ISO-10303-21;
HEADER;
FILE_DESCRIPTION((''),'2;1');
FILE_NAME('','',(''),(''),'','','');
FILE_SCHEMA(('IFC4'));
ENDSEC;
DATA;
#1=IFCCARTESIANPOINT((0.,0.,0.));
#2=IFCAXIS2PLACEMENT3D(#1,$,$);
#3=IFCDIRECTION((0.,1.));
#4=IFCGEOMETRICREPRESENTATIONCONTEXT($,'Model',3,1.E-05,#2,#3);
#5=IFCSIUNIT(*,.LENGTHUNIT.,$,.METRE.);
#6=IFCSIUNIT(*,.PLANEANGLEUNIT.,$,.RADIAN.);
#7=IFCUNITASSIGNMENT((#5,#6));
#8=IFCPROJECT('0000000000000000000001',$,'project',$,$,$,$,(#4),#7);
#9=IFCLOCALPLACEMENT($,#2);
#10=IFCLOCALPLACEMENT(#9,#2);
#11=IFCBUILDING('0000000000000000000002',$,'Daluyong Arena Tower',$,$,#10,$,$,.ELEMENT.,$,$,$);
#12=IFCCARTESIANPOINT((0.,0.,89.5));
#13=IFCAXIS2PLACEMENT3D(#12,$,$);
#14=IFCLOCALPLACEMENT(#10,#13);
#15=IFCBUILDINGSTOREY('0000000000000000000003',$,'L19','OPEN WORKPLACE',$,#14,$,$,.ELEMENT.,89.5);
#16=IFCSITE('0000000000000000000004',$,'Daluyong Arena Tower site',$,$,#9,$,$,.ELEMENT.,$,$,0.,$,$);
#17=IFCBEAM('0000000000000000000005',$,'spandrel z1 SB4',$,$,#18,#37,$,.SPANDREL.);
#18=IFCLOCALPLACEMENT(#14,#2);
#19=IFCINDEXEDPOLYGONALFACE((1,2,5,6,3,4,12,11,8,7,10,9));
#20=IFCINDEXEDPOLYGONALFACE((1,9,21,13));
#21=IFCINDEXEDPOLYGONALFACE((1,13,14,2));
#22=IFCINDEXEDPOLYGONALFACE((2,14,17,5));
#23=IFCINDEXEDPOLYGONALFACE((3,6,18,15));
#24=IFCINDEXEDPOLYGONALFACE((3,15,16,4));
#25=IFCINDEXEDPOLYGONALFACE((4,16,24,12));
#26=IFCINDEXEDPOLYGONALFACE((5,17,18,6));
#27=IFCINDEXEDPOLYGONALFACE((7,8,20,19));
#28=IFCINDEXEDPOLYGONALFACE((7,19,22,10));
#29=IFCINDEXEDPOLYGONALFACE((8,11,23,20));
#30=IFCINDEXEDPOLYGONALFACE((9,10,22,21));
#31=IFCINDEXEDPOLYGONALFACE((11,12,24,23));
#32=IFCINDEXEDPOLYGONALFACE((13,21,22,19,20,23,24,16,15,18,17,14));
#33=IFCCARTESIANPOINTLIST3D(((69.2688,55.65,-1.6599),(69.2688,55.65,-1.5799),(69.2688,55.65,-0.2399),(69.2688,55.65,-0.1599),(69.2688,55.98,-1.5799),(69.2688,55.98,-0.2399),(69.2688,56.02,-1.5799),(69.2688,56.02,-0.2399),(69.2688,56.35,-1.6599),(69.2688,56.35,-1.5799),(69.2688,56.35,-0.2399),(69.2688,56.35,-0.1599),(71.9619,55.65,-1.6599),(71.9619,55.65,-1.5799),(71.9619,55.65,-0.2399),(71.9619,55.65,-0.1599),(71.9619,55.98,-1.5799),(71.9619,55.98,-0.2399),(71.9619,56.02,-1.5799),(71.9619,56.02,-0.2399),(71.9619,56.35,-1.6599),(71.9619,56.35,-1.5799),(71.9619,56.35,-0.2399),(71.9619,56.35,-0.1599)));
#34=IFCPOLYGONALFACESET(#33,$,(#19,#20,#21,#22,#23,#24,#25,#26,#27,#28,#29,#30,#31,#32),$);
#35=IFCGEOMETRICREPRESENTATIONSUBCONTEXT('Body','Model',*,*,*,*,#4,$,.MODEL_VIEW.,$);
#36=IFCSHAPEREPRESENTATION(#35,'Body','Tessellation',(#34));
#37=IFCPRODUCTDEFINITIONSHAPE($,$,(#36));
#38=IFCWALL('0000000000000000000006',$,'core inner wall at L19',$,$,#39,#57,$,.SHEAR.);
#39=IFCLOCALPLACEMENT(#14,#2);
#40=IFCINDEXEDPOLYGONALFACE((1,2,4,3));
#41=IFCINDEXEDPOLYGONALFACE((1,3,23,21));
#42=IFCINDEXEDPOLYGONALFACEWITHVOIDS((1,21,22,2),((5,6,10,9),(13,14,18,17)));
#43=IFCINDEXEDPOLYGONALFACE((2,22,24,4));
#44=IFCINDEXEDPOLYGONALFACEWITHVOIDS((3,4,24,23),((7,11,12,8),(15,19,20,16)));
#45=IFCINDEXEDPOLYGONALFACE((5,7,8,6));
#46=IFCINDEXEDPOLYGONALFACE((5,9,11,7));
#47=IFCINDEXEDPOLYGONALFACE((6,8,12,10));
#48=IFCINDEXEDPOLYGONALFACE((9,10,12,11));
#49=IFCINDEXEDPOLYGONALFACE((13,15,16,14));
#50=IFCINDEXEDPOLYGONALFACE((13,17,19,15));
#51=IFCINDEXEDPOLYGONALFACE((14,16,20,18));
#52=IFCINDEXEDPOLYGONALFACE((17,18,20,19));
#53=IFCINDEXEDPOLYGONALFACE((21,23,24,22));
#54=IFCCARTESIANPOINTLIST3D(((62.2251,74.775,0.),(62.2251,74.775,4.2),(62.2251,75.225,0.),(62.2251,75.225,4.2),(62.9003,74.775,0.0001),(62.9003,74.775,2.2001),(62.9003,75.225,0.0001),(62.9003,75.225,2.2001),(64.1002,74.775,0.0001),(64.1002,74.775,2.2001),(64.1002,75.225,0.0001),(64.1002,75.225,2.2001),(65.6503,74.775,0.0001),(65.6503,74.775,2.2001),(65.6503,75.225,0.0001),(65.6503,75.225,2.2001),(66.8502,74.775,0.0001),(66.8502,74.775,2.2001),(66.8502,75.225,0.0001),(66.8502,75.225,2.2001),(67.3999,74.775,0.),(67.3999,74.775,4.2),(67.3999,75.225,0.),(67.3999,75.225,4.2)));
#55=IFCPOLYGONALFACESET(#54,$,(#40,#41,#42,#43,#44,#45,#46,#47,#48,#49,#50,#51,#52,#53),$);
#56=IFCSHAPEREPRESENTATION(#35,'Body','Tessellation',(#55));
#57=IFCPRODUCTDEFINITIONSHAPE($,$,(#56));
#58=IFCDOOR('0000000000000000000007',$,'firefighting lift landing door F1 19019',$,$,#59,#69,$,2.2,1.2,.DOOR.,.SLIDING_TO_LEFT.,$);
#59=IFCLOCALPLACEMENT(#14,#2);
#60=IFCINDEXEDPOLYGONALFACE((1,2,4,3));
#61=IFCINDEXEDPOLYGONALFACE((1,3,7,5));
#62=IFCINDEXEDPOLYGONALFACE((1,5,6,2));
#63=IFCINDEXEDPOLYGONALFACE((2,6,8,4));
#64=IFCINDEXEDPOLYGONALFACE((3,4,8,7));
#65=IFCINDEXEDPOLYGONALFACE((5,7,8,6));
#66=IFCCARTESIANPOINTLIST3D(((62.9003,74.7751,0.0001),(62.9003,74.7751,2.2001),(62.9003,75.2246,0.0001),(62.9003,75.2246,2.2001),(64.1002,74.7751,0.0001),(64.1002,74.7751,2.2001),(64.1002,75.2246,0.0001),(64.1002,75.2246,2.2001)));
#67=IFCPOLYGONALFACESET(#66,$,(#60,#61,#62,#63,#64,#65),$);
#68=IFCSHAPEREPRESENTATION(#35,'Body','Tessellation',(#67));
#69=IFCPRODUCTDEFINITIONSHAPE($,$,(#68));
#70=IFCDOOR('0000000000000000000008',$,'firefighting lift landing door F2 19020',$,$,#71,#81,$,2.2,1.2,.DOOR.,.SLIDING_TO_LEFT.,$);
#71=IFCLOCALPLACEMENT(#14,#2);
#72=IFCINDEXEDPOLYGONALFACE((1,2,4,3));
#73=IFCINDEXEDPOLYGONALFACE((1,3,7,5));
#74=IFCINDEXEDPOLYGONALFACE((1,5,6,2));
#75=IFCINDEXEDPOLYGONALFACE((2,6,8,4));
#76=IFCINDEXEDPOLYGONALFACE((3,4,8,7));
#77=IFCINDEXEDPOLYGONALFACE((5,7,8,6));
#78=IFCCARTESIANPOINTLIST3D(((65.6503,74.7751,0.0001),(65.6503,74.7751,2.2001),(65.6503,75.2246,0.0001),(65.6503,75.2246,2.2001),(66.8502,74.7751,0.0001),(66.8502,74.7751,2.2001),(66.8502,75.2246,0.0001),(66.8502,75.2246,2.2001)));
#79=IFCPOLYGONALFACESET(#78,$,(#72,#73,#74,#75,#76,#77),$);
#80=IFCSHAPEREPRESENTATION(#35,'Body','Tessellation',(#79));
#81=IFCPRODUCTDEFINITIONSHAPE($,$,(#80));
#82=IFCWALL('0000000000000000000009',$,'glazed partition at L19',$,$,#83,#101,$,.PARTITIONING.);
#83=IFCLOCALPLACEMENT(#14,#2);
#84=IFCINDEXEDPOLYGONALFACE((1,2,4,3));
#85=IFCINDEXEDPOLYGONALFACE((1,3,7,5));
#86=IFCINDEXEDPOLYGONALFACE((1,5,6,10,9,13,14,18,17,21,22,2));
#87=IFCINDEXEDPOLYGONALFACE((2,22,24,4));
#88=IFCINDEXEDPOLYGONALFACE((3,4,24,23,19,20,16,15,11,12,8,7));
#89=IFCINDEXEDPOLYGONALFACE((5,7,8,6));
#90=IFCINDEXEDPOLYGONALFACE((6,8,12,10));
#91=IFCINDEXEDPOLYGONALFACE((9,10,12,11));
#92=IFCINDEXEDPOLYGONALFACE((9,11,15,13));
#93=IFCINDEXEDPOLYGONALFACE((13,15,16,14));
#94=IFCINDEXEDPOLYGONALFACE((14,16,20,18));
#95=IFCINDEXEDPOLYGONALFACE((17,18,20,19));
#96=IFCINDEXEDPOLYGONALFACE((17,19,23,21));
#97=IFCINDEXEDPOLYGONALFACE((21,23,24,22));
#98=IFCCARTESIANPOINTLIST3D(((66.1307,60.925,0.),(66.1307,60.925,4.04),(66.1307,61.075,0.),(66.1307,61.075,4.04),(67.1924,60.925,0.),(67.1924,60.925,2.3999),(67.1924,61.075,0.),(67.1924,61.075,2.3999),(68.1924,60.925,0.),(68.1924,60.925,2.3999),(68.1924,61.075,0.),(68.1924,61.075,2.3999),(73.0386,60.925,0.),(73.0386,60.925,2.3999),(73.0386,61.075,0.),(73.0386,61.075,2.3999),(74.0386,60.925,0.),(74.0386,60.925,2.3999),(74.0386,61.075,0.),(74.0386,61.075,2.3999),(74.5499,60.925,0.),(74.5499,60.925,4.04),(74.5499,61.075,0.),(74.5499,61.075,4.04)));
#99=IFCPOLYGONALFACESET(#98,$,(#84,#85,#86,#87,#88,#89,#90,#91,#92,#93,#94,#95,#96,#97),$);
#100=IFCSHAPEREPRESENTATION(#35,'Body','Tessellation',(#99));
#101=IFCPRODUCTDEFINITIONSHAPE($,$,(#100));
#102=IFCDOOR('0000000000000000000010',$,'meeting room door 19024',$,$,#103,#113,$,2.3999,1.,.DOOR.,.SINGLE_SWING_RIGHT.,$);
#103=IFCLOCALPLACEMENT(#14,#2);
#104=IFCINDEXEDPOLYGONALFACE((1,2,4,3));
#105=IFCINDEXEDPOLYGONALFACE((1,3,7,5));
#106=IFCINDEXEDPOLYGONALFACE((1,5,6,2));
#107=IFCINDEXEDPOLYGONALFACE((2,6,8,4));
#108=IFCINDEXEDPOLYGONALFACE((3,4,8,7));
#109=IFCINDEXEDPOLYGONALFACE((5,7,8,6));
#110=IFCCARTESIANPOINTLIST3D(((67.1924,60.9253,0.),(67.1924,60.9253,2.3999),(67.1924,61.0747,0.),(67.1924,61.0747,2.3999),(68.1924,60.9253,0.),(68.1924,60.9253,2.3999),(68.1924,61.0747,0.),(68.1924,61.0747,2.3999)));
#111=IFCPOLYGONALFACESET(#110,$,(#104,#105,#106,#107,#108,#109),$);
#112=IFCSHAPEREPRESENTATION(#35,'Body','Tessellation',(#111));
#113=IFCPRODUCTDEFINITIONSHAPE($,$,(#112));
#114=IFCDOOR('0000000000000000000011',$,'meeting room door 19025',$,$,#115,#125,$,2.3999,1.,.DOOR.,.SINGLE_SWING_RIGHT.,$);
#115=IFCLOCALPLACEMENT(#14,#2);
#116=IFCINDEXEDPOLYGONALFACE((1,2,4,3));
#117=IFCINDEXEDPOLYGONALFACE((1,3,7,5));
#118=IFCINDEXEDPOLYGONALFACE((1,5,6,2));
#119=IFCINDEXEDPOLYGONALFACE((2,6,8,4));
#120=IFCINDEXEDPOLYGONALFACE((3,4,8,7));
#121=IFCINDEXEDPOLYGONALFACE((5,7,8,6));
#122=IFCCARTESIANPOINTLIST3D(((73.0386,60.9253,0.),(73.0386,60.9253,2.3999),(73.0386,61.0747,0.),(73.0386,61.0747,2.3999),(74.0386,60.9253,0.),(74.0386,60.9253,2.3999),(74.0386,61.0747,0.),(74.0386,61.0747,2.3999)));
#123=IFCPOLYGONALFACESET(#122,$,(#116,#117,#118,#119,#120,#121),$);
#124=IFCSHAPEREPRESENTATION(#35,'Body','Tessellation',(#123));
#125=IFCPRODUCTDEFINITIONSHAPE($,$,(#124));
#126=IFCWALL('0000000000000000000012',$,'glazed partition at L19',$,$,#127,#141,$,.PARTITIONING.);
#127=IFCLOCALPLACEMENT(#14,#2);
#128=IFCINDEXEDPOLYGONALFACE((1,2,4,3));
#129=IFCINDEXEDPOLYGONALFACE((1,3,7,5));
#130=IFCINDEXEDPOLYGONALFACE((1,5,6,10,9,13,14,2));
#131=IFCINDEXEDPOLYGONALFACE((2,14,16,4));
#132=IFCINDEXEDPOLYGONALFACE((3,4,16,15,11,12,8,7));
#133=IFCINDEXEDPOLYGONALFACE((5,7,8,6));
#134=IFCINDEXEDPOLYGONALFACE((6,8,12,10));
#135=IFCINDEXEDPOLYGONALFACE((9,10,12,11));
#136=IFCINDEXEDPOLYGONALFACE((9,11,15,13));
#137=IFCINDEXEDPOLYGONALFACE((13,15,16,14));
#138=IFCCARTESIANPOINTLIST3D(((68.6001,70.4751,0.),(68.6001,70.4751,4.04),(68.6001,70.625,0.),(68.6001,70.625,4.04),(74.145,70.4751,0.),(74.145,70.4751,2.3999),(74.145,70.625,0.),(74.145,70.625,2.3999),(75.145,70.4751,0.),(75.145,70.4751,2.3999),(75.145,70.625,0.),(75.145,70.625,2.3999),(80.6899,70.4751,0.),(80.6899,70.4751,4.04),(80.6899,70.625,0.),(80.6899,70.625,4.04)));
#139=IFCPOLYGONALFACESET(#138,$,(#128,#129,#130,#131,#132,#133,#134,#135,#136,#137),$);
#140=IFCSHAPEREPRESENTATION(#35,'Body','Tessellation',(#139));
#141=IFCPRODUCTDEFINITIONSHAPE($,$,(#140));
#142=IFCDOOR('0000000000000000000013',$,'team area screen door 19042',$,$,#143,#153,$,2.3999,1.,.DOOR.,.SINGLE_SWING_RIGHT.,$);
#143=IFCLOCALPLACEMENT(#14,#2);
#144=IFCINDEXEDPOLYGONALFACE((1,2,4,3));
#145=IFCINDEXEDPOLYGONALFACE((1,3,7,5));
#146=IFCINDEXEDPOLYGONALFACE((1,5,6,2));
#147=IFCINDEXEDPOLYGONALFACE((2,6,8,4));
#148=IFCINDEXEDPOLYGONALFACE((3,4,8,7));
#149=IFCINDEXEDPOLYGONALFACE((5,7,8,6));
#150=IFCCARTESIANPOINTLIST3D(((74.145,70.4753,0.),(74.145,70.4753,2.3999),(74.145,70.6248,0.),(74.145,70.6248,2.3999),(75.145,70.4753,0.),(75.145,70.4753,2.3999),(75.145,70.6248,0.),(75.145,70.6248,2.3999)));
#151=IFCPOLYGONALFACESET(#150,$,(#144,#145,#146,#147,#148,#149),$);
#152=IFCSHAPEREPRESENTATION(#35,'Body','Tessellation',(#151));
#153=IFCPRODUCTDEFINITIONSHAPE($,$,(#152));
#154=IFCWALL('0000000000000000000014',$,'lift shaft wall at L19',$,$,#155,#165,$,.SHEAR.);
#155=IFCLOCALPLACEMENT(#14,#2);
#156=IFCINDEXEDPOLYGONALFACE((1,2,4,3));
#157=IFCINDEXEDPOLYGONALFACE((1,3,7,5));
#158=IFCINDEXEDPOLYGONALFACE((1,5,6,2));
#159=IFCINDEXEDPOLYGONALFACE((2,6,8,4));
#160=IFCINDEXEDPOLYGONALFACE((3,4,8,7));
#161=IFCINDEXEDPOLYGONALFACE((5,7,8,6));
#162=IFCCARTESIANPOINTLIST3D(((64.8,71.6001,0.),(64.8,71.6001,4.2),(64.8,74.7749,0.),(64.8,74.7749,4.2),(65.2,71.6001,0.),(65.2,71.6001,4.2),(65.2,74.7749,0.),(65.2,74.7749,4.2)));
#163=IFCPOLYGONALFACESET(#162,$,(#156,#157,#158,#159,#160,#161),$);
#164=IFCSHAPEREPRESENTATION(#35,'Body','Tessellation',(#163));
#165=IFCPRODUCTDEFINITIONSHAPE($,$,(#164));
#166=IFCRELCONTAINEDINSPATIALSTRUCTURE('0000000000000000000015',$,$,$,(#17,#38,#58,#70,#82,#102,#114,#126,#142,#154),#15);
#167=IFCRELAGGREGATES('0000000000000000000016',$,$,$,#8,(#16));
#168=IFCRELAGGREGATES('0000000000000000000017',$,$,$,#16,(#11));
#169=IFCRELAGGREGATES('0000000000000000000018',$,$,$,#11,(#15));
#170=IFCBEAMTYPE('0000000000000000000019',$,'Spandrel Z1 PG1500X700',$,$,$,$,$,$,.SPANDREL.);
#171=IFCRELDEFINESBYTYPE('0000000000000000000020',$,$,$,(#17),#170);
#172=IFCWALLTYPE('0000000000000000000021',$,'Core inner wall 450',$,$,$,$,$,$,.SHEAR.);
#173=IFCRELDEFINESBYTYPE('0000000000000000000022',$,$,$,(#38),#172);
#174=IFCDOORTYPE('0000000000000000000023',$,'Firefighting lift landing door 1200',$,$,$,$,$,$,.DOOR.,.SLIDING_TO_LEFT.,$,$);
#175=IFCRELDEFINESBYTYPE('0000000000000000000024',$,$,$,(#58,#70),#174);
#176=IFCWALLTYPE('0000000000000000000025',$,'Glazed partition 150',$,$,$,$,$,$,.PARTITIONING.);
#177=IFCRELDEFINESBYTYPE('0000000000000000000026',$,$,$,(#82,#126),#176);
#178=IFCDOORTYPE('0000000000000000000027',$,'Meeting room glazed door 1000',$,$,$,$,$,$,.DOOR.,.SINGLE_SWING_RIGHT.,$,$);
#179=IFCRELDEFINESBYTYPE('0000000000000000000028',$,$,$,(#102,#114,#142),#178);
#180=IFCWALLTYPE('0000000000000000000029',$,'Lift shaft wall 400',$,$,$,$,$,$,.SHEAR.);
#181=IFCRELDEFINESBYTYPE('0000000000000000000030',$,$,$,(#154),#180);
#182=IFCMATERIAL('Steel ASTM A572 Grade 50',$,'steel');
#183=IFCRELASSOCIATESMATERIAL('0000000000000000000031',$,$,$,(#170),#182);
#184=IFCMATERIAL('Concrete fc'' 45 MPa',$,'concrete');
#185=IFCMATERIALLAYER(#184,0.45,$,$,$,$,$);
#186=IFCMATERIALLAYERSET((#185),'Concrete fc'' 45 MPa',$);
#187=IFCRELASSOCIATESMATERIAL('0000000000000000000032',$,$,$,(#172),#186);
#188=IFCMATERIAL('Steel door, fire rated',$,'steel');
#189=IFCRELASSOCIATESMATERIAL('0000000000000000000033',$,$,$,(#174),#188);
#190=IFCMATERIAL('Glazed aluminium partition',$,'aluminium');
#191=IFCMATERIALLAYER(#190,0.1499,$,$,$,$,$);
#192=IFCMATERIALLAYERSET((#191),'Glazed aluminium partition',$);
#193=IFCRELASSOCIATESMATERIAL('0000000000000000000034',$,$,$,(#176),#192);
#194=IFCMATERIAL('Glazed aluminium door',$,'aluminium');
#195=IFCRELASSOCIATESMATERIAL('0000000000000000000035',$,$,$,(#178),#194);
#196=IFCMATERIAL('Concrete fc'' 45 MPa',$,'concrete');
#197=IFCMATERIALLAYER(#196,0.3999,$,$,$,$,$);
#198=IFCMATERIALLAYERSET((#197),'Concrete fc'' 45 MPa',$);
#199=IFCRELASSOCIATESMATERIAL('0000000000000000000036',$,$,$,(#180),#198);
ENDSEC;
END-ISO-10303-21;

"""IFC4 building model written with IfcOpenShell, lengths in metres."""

from ifc_helpers import new_model, si_unit, direction, frame, frame_2d, origin, origin_2d, place, context, subcontext, project, spatial, rectangle, i_section, extrude, material, layer, layer_set, material_profile, profile_set, type_object, element, fill, save


model = new_model("IFC4")

# Units and contexts
model_context = context("Model", 3, precision=1e-05, world=origin(), true_north=direction((0.0, 1.0)))
body_context = subcontext(model_context, "Body", "Model", "MODEL_VIEW")
ifc_project = project(units=[si_unit("LENGTHUNIT", "METRE"), si_unit("PLANEANGLEUNIT", "RADIAN")], contexts=[model_context])

# Site, building, storey
site_placement = place(None, origin())
site = spatial("IfcSite", under=ifc_project, at=site_placement, Name="Daluyong Arena Tower site", CompositionType="ELEMENT", RefElevation=0.0)
building_placement = place(site_placement, origin())
building = spatial("IfcBuilding", under=site, at=building_placement, Name="Daluyong Arena Tower", CompositionType="ELEMENT")
storey_placement = place(building_placement, frame((0.0, 0.0, 89.5)))
storey = spatial("IfcBuildingStorey", under=building, at=storey_placement, Name="L19", Description="OPEN WORKPLACE", CompositionType="ELEMENT", Elevation=89.5)

# Beam
ifc_material_1 = material(Name="Steel ASTM A572 Grade 50", Category="steel")
ifc_material_profile_1 = material_profile(ifc_material_1, i_section(OverallWidth=0.7, OverallDepth=1.5, WebThickness=0.04, FlangeThickness=0.08, at=origin_2d()))
ifc_profile_set_1 = profile_set([ifc_material_profile_1], Name="Steel ASTM A572 Grade 50")
beam_type_1 = type_object("IfcBeamType", Name="Spandrel Z1 PG1500X700", PredefinedType="SPANDREL", material=ifc_profile_set_1)
beam_1_placement = place(storey_placement, frame((69.2688, 56.0, -0.9099), z_axis=(1.0, 0.0, 0.0), x_axis=(0.0, 1.0, 0.0)))
element("IfcBeam", 1, at=beam_1_placement, inside=storey, type_object=beam_type_1, Name="spandrel z1 SB4", PredefinedType="SPANDREL", context=body_context, shape_type="SweptSolid", body=[
    extrude(i_section(OverallWidth=0.7, OverallDepth=1.5, WebThickness=0.04, FlangeThickness=0.08, at=origin_2d()), origin(), (0.0, 0.0, 1.0), 2.6931),
])

# Shared definitions
ifc_material_2 = material(Name="Concrete fc' 45 MPa", Category="concrete")
ifc_layer_1 = layer(ifc_material_2, 0.45)
ifc_layer_set_1 = layer_set([ifc_layer_1], Name="Concrete fc' 45 MPa")
wall_type_1 = type_object("IfcWallType", Name="Core inner wall 450", PredefinedType="SHEAR", material=ifc_layer_set_1)

# Wall, openings, doors
wall_1_placement = place(storey_placement, frame((62.2251, 75.0, 0.0), z_axis=(0.0, 0.0, 1.0), x_axis=(1.0, 0.0, 0.0)))
wall_1 = element("IfcWall", 2, at=wall_1_placement, inside=storey, type_object=wall_type_1, Name="core inner wall at L19", PredefinedType="SHEAR", context=body_context, shape_type="SweptSolid", body=[
    extrude(rectangle(XDim=5.1748, YDim=0.45, at=frame_2d((2.5874, 0.0))), origin(), (0.0, 0.0, 1.0), 4.2),
])
opening_1_placement = place(wall_1_placement, frame((0.675, 0.0, 0.0)))
opening_1 = element("IfcOpeningElement", 3, at=opening_1_placement, cuts=wall_1, PredefinedType="OPENING", context=body_context, shape_type="SweptSolid", body=[
    extrude(rectangle(XDim=1.2, YDim=2.2, at=frame_2d((0.6001, 1.1001))), frame((0.0, 0.2349, 0.0), z_axis=(0.0, -1.0, 0.0), x_axis=(1.0, 0.0, 0.0)), (0.0, 0.0, 1.0), 0.47),
])
opening_2_placement = place(wall_1_placement, frame((3.425, 0.0, 0.0)))
opening_2 = element("IfcOpeningElement", 4, at=opening_2_placement, cuts=wall_1, PredefinedType="OPENING", context=body_context, shape_type="SweptSolid", body=[
    extrude(rectangle(XDim=1.2, YDim=2.2, at=frame_2d((0.6001, 1.1001))), frame((0.0, 0.2349, 0.0), z_axis=(0.0, -1.0, 0.0), x_axis=(1.0, 0.0, 0.0)), (0.0, 0.0, 1.0), 0.47),
])
ifc_material_3 = material(Name="Steel door, fire rated", Category="steel")
door_type_1 = type_object("IfcDoorType", Name="Firefighting lift landing door 1200", OperationType="SLIDING_TO_LEFT", PredefinedType="DOOR", material=ifc_material_3)
door_1_placement = place(opening_1_placement, origin())
door_1 = element("IfcDoor", 5, at=door_1_placement, inside=storey, type_object=door_type_1, Name="firefighting lift landing door F1 19019", OperationType="SLIDING_TO_LEFT", OverallHeight=2.2, OverallWidth=1.2, PredefinedType="DOOR", context=body_context, shape_type="SweptSolid", body=[
    extrude(rectangle(XDim=1.2, YDim=2.2, at=frame_2d((0.6001, 1.1001))), frame((0.0, 0.2246, 0.0), z_axis=(0.0, -1.0, 0.0), x_axis=(1.0, 0.0, 0.0)), (0.0, 0.0, 1.0), 0.4495),
])
fill(opening_1, door_1)
door_2_placement = place(opening_2_placement, origin())
door_2 = element("IfcDoor", 6, at=door_2_placement, inside=storey, type_object=door_type_1, Name="firefighting lift landing door F2 19020", OperationType="SLIDING_TO_LEFT", OverallHeight=2.2, OverallWidth=1.2, PredefinedType="DOOR", context=body_context, shape_type="SweptSolid", body=[
    extrude(rectangle(XDim=1.2, YDim=2.2, at=frame_2d((0.6001, 1.1001))), frame((0.0, 0.2246, 0.0), z_axis=(0.0, -1.0, 0.0), x_axis=(1.0, 0.0, 0.0)), (0.0, 0.0, 1.0), 0.4495),
])
fill(opening_2, door_2)

# Wall, openings, doors
ifc_material_4 = material(Name="Glazed aluminium partition", Category="aluminium")
ifc_layer_2 = layer(ifc_material_4, 0.1499)
ifc_layer_set_2 = layer_set([ifc_layer_2], Name="Glazed aluminium partition")
wall_type_2 = type_object("IfcWallType", Name="Glazed partition 150", PredefinedType="PARTITIONING", material=ifc_layer_set_2)
wall_2_placement = place(storey_placement, frame((66.1309, 61.0, 0.0), z_axis=(0.0, 0.0, 1.0), x_axis=(1.0, 0.0, 0.0)))
wall_2 = element("IfcWall", 7, at=wall_2_placement, inside=storey, type_object=wall_type_2, Name="glazed partition at L19", PredefinedType="PARTITIONING", context=body_context, shape_type="SweptSolid", body=[
    extrude(rectangle(XDim=8.4192, YDim=0.1499, at=frame_2d((4.2095, 0.0))), origin(), (0.0, 0.0, 1.0), 4.04),
])
opening_3_placement = place(wall_2_placement, frame((1.0615, 0.0, 0.0)))
opening_3 = element("IfcOpeningElement", 8, at=opening_3_placement, cuts=wall_2, PredefinedType="OPENING", context=body_context, shape_type="SweptSolid", body=[
    extrude(rectangle(XDim=1.0, YDim=2.3999, at=frame_2d((0.5, 1.2))), frame((0.0, 0.085, 0.0), z_axis=(0.0, -1.0, 0.0), x_axis=(1.0, 0.0, 0.0)), (0.0, 0.0, 1.0), 0.1699),
])
opening_4_placement = place(wall_2_placement, frame((6.9077, 0.0, 0.0)))
opening_4 = element("IfcOpeningElement", 9, at=opening_4_placement, cuts=wall_2, PredefinedType="OPENING", context=body_context, shape_type="SweptSolid", body=[
    extrude(rectangle(XDim=1.0, YDim=2.3999, at=frame_2d((0.5, 1.2))), frame((0.0, 0.085, 0.0), z_axis=(0.0, -1.0, 0.0), x_axis=(1.0, 0.0, 0.0)), (0.0, 0.0, 1.0), 0.1699),
])
ifc_material_5 = material(Name="Glazed aluminium door", Category="aluminium")
door_type_2 = type_object("IfcDoorType", Name="Meeting room glazed door 1000", OperationType="SINGLE_SWING_RIGHT", PredefinedType="DOOR", material=ifc_material_5)
door_3_placement = place(opening_3_placement, origin())
door_3 = element("IfcDoor", 10, at=door_3_placement, inside=storey, type_object=door_type_2, Name="meeting room door 19024", OperationType="SINGLE_SWING_RIGHT", OverallHeight=2.3999, OverallWidth=1.0, PredefinedType="DOOR", context=body_context, shape_type="SweptSolid", body=[
    extrude(rectangle(XDim=1.0, YDim=2.3999, at=frame_2d((0.5, 1.2))), frame((0.0, 0.0747, 0.0), z_axis=(0.0, -1.0, 0.0), x_axis=(1.0, 0.0, 0.0)), (0.0, 0.0, 1.0), 0.1494),
])
fill(opening_3, door_3)
door_4_placement = place(opening_4_placement, origin())
door_4 = element("IfcDoor", 11, at=door_4_placement, inside=storey, type_object=door_type_2, Name="meeting room door 19025", OperationType="SINGLE_SWING_RIGHT", OverallHeight=2.3999, OverallWidth=1.0, PredefinedType="DOOR", context=body_context, shape_type="SweptSolid", body=[
    extrude(rectangle(XDim=1.0, YDim=2.3999, at=frame_2d((0.5, 1.2))), frame((0.0, 0.0747, 0.0), z_axis=(0.0, -1.0, 0.0), x_axis=(1.0, 0.0, 0.0)), (0.0, 0.0, 1.0), 0.1494),
])
fill(opening_4, door_4)

# Wall, opening, door
wall_3_placement = place(storey_placement, frame((68.6001, 70.55, 0.0), z_axis=(0.0, 0.0, 1.0), x_axis=(1.0, 0.0, 0.0)))
wall_3 = element("IfcWall", 12, at=wall_3_placement, inside=storey, type_object=wall_type_2, Name="glazed partition at L19", PredefinedType="PARTITIONING", context=body_context, shape_type="SweptSolid", body=[
    extrude(rectangle(XDim=12.0898, YDim=0.1499, at=frame_2d((6.0449, 0.0))), origin(), (0.0, 0.0, 1.0), 4.04),
])
opening_5_placement = place(wall_3_placement, frame((5.5449, 0.0, 0.0)))
opening_5 = element("IfcOpeningElement", 13, at=opening_5_placement, cuts=wall_3, PredefinedType="OPENING", context=body_context, shape_type="SweptSolid", body=[
    extrude(rectangle(XDim=1.0, YDim=2.3999, at=frame_2d((0.5, 1.2))), frame((0.0, 0.085, 0.0), z_axis=(0.0, -1.0, 0.0), x_axis=(1.0, 0.0, 0.0)), (0.0, 0.0, 1.0), 0.1699),
])
door_5_placement = place(opening_5_placement, origin())
door_5 = element("IfcDoor", 14, at=door_5_placement, inside=storey, type_object=door_type_2, Name="team area screen door 19042", OperationType="SINGLE_SWING_RIGHT", OverallHeight=2.3999, OverallWidth=1.0, PredefinedType="DOOR", context=body_context, shape_type="SweptSolid", body=[
    extrude(rectangle(XDim=1.0, YDim=2.3999, at=frame_2d((0.5, 1.2))), frame((0.0, 0.0747, 0.0), z_axis=(0.0, -1.0, 0.0), x_axis=(1.0, 0.0, 0.0)), (0.0, 0.0, 1.0), 0.1494),
])
fill(opening_5, door_5)

# Wall
ifc_material_6 = material(Name="Concrete fc' 45 MPa", Category="concrete")
ifc_layer_3 = layer(ifc_material_6, 0.3999)
ifc_layer_set_3 = layer_set([ifc_layer_3], Name="Concrete fc' 45 MPa")
wall_type_3 = type_object("IfcWallType", Name="Lift shaft wall 400", PredefinedType="SHEAR", material=ifc_layer_set_3)
wall_4_placement = place(storey_placement, frame((65.0, 71.6001, 0.0), z_axis=(0.0, 0.0, 1.0), x_axis=(0.0, 1.0, 0.0)))
element("IfcWall", 15, at=wall_4_placement, inside=storey, type_object=wall_type_3, Name="lift shaft wall at L19", PredefinedType="SHEAR", context=body_context, shape_type="SweptSolid", body=[
    extrude(rectangle(XDim=3.1748, YDim=0.3999, at=frame_2d((1.5874, 0.0))), origin(), (0.0, 0.0, 1.0), 4.2),
])

save(model, "model.ifc")
